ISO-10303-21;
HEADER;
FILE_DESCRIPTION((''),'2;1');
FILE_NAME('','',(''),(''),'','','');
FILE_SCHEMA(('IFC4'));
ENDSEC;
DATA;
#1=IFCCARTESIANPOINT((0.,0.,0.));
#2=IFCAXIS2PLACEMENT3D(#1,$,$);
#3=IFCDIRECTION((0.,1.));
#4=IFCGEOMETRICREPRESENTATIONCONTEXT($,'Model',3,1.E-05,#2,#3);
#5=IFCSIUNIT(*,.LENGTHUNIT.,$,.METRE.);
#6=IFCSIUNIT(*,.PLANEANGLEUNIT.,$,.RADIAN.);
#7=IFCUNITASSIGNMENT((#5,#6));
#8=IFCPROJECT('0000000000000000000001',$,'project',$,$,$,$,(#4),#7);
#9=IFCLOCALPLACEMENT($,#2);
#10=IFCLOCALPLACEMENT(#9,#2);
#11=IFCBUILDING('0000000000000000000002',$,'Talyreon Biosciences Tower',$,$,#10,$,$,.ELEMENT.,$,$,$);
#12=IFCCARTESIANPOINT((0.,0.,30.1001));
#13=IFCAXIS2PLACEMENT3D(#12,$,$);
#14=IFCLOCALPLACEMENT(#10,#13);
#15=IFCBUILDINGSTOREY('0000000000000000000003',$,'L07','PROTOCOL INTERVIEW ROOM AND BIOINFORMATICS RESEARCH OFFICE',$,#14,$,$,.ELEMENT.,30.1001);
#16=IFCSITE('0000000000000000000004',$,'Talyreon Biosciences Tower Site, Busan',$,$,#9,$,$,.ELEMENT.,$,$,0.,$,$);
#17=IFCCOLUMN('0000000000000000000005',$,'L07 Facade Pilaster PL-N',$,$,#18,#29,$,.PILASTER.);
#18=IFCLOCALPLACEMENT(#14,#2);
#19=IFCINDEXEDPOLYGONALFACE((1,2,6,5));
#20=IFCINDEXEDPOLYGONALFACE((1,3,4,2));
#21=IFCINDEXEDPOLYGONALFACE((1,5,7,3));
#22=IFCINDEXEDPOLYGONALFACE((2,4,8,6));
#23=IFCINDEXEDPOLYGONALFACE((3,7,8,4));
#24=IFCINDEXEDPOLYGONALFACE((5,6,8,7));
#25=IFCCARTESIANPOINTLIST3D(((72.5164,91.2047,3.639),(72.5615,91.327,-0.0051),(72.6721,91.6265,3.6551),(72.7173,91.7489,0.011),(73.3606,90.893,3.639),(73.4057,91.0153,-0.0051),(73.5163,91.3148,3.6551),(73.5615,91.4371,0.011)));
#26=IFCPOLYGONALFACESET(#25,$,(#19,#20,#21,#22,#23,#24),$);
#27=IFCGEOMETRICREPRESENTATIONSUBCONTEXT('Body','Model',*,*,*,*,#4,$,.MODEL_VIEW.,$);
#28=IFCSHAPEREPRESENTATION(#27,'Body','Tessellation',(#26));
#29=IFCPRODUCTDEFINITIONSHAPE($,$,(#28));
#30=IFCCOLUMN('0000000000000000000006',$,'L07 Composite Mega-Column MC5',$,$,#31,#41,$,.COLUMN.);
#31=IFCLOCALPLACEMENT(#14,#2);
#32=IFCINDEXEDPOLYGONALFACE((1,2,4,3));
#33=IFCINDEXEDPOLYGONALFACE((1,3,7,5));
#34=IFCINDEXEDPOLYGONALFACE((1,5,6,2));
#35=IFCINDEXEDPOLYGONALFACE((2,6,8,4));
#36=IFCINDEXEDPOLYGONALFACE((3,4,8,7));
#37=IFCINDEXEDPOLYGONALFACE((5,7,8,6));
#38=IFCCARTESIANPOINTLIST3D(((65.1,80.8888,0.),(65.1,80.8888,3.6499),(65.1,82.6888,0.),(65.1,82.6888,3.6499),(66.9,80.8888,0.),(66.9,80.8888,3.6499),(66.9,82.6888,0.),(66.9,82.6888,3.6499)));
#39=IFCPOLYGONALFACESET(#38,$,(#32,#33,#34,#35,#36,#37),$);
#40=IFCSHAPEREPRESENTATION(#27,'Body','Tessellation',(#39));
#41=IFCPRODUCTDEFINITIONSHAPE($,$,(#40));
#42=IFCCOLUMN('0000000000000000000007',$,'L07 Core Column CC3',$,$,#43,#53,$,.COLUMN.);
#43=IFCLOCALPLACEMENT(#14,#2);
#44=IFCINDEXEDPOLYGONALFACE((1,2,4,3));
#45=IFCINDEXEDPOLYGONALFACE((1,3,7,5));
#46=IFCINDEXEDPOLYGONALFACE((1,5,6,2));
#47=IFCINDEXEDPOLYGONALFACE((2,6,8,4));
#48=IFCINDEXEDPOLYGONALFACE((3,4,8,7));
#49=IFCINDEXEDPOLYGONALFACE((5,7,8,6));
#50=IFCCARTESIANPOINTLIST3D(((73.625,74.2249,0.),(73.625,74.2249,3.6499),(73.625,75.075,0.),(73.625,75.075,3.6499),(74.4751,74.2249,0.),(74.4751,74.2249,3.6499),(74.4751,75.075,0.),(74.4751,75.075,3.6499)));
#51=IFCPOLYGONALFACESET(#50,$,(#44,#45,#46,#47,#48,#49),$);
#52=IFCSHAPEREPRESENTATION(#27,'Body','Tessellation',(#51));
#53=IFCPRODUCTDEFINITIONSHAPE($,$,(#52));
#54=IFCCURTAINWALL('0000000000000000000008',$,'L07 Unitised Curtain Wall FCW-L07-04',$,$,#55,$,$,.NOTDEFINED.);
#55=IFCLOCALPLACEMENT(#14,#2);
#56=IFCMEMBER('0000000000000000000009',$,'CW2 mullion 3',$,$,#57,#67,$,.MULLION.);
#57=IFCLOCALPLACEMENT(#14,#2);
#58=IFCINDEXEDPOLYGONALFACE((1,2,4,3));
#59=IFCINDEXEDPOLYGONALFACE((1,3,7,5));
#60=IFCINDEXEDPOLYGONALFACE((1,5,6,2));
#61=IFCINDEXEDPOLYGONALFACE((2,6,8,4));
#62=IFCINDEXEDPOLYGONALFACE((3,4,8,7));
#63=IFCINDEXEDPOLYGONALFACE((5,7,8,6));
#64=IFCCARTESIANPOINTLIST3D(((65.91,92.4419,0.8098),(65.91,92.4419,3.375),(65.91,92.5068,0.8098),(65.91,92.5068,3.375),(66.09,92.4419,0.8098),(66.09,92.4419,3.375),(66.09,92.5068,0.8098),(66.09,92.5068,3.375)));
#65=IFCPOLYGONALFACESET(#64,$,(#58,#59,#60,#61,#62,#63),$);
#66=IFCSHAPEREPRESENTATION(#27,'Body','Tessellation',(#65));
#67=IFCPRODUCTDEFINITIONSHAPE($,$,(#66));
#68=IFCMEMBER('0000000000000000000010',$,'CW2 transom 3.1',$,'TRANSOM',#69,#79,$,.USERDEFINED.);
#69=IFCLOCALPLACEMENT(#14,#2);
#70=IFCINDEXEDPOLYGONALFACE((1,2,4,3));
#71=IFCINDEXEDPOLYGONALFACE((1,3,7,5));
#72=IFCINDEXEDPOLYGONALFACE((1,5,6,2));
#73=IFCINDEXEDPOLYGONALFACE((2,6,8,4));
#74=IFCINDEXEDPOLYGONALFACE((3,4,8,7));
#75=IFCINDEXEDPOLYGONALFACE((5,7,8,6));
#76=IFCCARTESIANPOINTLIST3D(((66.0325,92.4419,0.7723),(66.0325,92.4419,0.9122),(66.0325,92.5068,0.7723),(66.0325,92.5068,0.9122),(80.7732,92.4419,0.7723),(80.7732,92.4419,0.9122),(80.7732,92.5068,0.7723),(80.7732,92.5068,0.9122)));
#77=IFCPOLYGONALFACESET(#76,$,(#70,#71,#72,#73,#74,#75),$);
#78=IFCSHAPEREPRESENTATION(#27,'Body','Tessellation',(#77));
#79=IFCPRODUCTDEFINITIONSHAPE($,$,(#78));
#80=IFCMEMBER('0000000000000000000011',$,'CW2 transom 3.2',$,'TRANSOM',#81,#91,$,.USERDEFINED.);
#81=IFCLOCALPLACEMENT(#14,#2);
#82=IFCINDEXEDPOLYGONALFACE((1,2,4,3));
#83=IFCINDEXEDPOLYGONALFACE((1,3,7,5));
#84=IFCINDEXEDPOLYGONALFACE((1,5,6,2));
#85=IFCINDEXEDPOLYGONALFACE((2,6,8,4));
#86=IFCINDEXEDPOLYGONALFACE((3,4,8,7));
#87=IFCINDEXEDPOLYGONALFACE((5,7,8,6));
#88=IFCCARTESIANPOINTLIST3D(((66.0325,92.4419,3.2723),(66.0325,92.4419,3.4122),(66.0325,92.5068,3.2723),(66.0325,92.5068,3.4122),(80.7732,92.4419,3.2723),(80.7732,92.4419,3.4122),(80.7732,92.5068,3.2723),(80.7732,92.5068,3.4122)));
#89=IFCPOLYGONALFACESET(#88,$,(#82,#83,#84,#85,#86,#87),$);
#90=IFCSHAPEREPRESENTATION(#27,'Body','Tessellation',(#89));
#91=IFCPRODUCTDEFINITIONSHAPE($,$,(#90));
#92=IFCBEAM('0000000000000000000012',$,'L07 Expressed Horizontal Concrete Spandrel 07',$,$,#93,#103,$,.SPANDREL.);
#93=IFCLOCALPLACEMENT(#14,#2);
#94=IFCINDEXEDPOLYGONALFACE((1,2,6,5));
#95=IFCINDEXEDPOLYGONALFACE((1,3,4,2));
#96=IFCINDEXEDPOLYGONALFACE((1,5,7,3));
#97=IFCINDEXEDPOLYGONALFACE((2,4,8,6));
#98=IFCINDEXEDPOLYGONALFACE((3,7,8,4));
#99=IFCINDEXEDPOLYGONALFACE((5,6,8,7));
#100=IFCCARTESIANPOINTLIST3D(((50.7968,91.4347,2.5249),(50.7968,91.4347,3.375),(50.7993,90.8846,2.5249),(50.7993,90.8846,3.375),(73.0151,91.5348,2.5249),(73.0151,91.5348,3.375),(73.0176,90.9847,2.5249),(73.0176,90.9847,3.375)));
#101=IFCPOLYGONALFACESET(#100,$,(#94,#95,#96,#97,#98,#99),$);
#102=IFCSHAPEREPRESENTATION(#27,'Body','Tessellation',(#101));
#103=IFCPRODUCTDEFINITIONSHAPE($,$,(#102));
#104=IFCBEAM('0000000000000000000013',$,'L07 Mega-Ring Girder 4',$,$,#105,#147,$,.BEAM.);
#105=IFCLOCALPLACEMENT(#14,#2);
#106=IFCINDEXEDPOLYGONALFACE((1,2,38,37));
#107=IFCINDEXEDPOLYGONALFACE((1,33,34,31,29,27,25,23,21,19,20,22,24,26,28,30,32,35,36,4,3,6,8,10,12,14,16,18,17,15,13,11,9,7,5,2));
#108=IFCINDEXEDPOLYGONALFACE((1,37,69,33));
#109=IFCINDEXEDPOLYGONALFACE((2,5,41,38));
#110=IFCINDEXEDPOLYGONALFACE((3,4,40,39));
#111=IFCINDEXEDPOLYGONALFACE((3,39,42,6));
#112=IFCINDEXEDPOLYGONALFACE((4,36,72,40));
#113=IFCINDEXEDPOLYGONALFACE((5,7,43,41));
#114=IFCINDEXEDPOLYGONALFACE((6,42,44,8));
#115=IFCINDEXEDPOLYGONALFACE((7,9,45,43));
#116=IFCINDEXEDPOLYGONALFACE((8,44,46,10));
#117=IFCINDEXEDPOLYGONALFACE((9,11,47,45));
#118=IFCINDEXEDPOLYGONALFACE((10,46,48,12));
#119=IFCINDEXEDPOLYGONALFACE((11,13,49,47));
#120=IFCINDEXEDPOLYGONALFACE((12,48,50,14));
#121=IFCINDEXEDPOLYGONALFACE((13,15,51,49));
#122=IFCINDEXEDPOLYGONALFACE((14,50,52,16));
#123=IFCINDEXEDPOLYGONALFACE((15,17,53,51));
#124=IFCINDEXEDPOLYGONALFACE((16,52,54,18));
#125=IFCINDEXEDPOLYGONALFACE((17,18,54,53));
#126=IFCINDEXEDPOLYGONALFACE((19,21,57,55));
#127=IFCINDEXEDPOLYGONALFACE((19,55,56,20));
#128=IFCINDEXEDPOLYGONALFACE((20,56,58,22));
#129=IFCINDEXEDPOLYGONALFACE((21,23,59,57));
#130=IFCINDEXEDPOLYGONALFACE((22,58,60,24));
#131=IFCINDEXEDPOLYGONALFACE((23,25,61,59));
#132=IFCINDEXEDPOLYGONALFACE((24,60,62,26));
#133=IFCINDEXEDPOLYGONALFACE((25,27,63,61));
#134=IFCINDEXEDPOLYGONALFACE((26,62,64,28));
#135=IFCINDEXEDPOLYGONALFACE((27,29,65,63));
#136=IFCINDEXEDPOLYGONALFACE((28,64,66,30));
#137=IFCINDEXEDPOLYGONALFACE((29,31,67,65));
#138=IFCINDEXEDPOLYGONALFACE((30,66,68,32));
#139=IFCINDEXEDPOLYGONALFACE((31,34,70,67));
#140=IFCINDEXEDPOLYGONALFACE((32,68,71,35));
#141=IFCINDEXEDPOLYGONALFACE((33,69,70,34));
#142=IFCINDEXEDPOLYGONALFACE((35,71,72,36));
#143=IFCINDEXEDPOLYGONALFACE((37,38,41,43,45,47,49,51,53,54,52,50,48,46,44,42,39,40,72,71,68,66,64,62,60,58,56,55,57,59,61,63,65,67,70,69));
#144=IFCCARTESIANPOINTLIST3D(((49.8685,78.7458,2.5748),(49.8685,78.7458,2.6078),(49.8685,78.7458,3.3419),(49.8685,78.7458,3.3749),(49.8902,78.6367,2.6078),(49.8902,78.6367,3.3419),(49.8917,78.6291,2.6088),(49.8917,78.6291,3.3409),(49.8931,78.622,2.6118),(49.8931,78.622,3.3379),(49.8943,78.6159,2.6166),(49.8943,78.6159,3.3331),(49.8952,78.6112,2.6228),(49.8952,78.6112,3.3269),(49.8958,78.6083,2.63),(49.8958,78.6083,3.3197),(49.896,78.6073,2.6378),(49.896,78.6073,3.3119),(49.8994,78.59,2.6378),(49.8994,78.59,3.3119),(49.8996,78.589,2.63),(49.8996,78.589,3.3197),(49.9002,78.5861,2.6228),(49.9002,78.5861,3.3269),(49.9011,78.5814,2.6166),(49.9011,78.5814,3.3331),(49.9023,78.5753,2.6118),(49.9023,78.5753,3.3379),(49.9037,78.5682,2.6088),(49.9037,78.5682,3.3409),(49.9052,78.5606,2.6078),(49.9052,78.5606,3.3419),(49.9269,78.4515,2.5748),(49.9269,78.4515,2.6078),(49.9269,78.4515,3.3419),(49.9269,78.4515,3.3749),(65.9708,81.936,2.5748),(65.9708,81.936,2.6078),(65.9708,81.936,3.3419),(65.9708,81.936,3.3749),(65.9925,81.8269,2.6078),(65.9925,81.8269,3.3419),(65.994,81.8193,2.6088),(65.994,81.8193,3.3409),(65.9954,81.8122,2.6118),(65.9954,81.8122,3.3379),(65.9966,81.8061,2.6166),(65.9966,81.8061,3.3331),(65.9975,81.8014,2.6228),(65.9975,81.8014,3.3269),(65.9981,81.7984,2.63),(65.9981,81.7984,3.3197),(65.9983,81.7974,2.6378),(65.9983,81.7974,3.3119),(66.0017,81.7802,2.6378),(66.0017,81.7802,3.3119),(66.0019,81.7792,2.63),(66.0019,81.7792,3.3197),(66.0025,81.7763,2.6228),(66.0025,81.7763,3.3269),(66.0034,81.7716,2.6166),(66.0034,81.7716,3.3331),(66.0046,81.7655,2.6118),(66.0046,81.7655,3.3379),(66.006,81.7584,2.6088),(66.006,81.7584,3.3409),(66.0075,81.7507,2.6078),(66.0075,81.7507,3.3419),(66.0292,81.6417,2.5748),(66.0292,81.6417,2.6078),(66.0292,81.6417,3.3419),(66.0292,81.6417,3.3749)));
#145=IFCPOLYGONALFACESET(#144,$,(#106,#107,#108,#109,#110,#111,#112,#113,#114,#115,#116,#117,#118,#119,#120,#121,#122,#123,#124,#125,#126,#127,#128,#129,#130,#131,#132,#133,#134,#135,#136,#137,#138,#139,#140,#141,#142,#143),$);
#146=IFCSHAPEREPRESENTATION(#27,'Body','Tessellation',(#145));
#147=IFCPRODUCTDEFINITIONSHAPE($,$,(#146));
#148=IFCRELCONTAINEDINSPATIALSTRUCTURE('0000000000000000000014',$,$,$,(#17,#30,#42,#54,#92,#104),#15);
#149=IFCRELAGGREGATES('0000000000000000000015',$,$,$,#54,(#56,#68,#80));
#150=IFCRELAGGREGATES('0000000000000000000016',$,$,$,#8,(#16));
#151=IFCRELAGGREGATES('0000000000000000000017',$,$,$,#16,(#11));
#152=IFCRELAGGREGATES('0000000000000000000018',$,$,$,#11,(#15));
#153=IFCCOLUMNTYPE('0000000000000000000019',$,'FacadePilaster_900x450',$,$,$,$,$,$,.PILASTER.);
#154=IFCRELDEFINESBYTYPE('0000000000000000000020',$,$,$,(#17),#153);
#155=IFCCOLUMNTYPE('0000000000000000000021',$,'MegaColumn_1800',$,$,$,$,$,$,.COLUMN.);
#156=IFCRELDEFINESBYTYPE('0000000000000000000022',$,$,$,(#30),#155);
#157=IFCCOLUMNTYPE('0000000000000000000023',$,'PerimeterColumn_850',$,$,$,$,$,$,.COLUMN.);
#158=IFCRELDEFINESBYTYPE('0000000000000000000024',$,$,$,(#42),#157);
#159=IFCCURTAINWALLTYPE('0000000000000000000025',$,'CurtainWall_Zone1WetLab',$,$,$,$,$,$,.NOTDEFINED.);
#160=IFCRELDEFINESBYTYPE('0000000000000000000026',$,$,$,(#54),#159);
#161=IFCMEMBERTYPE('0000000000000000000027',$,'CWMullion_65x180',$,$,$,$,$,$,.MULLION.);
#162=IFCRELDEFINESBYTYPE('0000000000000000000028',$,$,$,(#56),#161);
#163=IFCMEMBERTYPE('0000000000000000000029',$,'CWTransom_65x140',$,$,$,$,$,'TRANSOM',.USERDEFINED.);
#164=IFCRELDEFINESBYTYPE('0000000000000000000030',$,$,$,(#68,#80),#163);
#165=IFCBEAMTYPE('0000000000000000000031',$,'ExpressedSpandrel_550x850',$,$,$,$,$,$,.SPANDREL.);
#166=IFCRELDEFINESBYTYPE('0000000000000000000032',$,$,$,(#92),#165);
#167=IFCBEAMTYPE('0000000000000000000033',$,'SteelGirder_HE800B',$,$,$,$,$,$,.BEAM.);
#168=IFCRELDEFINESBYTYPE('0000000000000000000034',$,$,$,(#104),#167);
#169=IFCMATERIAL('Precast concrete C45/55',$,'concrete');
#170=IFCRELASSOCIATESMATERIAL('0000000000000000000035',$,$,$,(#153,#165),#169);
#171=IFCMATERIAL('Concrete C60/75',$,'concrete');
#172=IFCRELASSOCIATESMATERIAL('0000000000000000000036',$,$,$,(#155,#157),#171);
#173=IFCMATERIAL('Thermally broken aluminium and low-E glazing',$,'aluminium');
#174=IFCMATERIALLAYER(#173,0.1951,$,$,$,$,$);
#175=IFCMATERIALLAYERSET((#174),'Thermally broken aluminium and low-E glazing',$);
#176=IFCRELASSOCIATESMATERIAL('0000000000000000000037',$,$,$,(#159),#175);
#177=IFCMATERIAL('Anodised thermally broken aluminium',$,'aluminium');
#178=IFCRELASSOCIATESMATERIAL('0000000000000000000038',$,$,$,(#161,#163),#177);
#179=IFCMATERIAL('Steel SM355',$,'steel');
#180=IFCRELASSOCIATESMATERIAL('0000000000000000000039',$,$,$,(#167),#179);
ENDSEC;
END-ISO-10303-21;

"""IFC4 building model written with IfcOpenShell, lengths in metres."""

from ifc_helpers import new_model, si_unit, direction, frame, origin, origin_2d, place, context, subcontext, project, spatial, rectangle, i_section, extrude, material, layer, layer_set, material_profile, profile_set, type_object, element, aggregate, save


model = new_model("IFC4")

# Units and contexts
model_context = context("Model", 3, precision=1e-05, world=origin(), true_north=direction((0.0, 1.0)))
body_context = subcontext(model_context, "Body", "Model", "MODEL_VIEW")
ifc_project = project(units=[si_unit("LENGTHUNIT", "METRE"), si_unit("PLANEANGLEUNIT", "RADIAN")], contexts=[model_context])

# Site, building, storey
site_placement = place(None, origin())
site = spatial("IfcSite", under=ifc_project, at=site_placement, Name="Talyreon Biosciences Tower Site, Busan", CompositionType="ELEMENT", RefElevation=0.0)
building_placement = place(site_placement, origin())
building = spatial("IfcBuilding", under=site, at=building_placement, Name="Talyreon Biosciences Tower", CompositionType="ELEMENT")
storey_placement = place(building_placement, frame((0.0, 0.0, 30.1001)))
storey = spatial("IfcBuildingStorey", under=building, at=storey_placement, Name="L07", Description="PROTOCOL INTERVIEW ROOM AND BIOINFORMATICS RESEARCH OFFICE", CompositionType="ELEMENT", Elevation=30.1001)

# Columns
ifc_material_1 = material(Name="Precast concrete C45/55", Category="concrete")
ifc_material_profile_1 = material_profile(ifc_material_1, rectangle(XDim=0.8999, YDim=0.45, at=origin_2d()), Name="RC 900x450")
ifc_profile_set_1 = profile_set([ifc_material_profile_1], Name="Precast concrete C45/55")
column_type_1 = type_object("IfcColumnType", Name="FacadePilaster_900x450", PredefinedType="PILASTER", material=ifc_profile_set_1)
column_1_placement = place(storey_placement, frame((73.0615, 91.3821, 0.0029), z_axis=(-0.012387, -0.033544, 0.99936), x_axis=(-0.938087, 0.346399, 0.0)))
element("IfcColumn", 1, at=column_1_placement, inside=storey, type_object=column_type_1, Name="L07 Facade Pilaster PL-N", PredefinedType="PILASTER", context=body_context, shape_type="SweptSolid", body=[
    extrude(rectangle(XDim=0.8999, YDim=0.45, at=origin_2d()), origin(), (0.0, 0.0, 1.0), 3.6465),
])
ifc_material_2 = material(Name="Concrete C60/75", Category="concrete")
ifc_material_profile_2 = material_profile(ifc_material_2, rectangle(XDim=1.8, YDim=1.8, at=origin_2d()), Name="RC 1800x1800")
ifc_profile_set_2 = profile_set([ifc_material_profile_2], Name="Concrete C60/75")
column_type_2 = type_object("IfcColumnType", Name="MegaColumn_1800", PredefinedType="COLUMN", material=ifc_profile_set_2)
column_2_placement = place(storey_placement, frame((66.0, 81.7888, 0.0), z_axis=(0.0, 0.0, 1.0), x_axis=(1.0, 0.0, 0.0)))
element("IfcColumn", 2, at=column_2_placement, inside=storey, type_object=column_type_2, Name="L07 Composite Mega-Column MC5", PredefinedType="COLUMN", context=body_context, shape_type="SweptSolid", body=[
    extrude(rectangle(XDim=1.8, YDim=1.8, at=origin_2d()), origin(), (0.0, 0.0, 1.0), 3.6499),
])
ifc_material_profile_3 = material_profile(ifc_material_2, rectangle(XDim=0.8501, YDim=0.8501, at=origin_2d()), Name="RC 850x850")
ifc_profile_set_3 = profile_set([ifc_material_profile_3], Name="Concrete C60/75")
column_type_3 = type_object("IfcColumnType", Name="PerimeterColumn_850", PredefinedType="COLUMN", material=ifc_profile_set_3)
column_3_placement = place(storey_placement, frame((74.05, 74.6499, 0.0), z_axis=(0.0, 0.0, 1.0), x_axis=(1.0, 0.0, 0.0)))
element("IfcColumn", 3, at=column_3_placement, inside=storey, type_object=column_type_3, Name="L07 Core Column CC3", PredefinedType="COLUMN", context=body_context, shape_type="SweptSolid", body=[
    extrude(rectangle(XDim=0.8501, YDim=0.8501, at=origin_2d()), origin(), (0.0, 0.0, 1.0), 3.6499),
])

# Curtain wall, members
ifc_material_3 = material(Name="Thermally broken aluminium and low-E glazing", Category="aluminium")
ifc_layer_1 = layer(ifc_material_3, 0.1951)
ifc_layer_set_1 = layer_set([ifc_layer_1], Name="Thermally broken aluminium and low-E glazing")
curtain_wall_type = type_object("IfcCurtainWallType", Name="CurtainWall_Zone1WetLab", PredefinedType="NOTDEFINED", material=ifc_layer_set_1)
curtain_wall_placement = place(storey_placement, origin())
curtain_wall = element("IfcCurtainWall", 4, at=curtain_wall_placement, inside=storey, type_object=curtain_wall_type, Name="L07 Unitised Curtain Wall FCW-L07-04", PredefinedType="NOTDEFINED")
ifc_material_4 = material(Name="Anodised thermally broken aluminium", Category="aluminium")
ifc_material_profile_4 = material_profile(ifc_material_4, rectangle(XDim=0.0649, YDim=0.1799, at=origin_2d()), Name="ALUM MULLION 65x180")
ifc_profile_set_4 = profile_set([ifc_material_profile_4], Name="Anodised thermally broken aluminium")
member_type_1 = type_object("IfcMemberType", Name="CWMullion_65x180", PredefinedType="MULLION", material=ifc_profile_set_4)
member_1_placement = place(storey_placement, frame((66.0, 92.4744, 0.8098), z_axis=(0.0, 0.0, 1.0), x_axis=(0.0, 1.0, 0.0)))
member_1 = element("IfcMember", 5, at=member_1_placement, type_object=member_type_1, Name="CW2 mullion 3", PredefinedType="MULLION", context=body_context, shape_type="SweptSolid", body=[
    extrude(rectangle(XDim=0.0649, YDim=0.1799, at=origin_2d()), origin(), (0.0, 0.0, 1.0), 2.5652),
])
ifc_material_profile_5 = material_profile(ifc_material_4, rectangle(XDim=0.0649, YDim=0.1399, at=origin_2d()), Name="ALUM TRANSOM 65x140")
ifc_profile_set_5 = profile_set([ifc_material_profile_5], Name="Anodised thermally broken aluminium")
member_type_2 = type_object("IfcMemberType", Name="CWTransom_65x140", ElementType="TRANSOM", PredefinedType="USERDEFINED", material=ifc_profile_set_5)
member_2_placement = place(storey_placement, frame((66.0325, 92.4744, 0.8423), z_axis=(1.0, 0.0, 0.0), x_axis=(0.0, 1.0, 0.0)))
member_2 = element("IfcMember", 6, at=member_2_placement, type_object=member_type_2, Name="CW2 transom 3.1", ObjectType="TRANSOM", PredefinedType="USERDEFINED", context=body_context, shape_type="SweptSolid", body=[
    extrude(rectangle(XDim=0.0649, YDim=0.1399, at=origin_2d()), origin(), (0.0, 0.0, 1.0), 14.7407),
])
member_3_placement = place(storey_placement, frame((66.0325, 92.4744, 3.3423), z_axis=(1.0, 0.0, 0.0), x_axis=(0.0, 1.0, 0.0)))
member_3 = element("IfcMember", 7, at=member_3_placement, type_object=member_type_2, Name="CW2 transom 3.2", ObjectType="TRANSOM", PredefinedType="USERDEFINED", context=body_context, shape_type="SweptSolid", body=[
    extrude(rectangle(XDim=0.0649, YDim=0.1399, at=origin_2d()), origin(), (0.0, 0.0, 1.0), 14.7407),
])

# Beams
ifc_material_profile_6 = material_profile(ifc_material_1, rectangle(XDim=0.55, YDim=0.8501, at=origin_2d()), Name="RCB 550x850")
ifc_profile_set_6 = profile_set([ifc_material_profile_6], Name="Precast concrete C45/55")
beam_type_1 = type_object("IfcBeamType", Name="ExpressedSpandrel_550x850", PredefinedType="SPANDREL", material=ifc_profile_set_6)
beam_1_placement = place(storey_placement, frame((73.0164, 91.2598, 2.95), z_axis=(-0.99999, -0.004505, 0.0), x_axis=(0.004505, -0.99999, 0.0)))
element("IfcBeam", 8, at=beam_1_placement, inside=storey, type_object=beam_type_1, Name="L07 Expressed Horizontal Concrete Spandrel 07", PredefinedType="SPANDREL", context=body_context, shape_type="SweptSolid", body=[
    extrude(rectangle(XDim=0.55, YDim=0.8501, at=origin_2d()), origin(), (0.0, 0.0, 1.0), 22.2185),
])
ifc_material_5 = material(Name="Steel SM355", Category="steel")
ifc_material_profile_7 = material_profile(ifc_material_5, i_section(OverallWidth=0.3, OverallDepth=0.8, WebThickness=0.0176, FlangeThickness=0.033, FilletRadius=0.03, at=origin_2d()), Name="HE800B")
ifc_profile_set_7 = profile_set([ifc_material_profile_7], Name="Steel SM355")
beam_type_2 = type_object("IfcBeamType", Name="SteelGirder_HE800B", PredefinedType="BEAM", material=ifc_profile_set_7)
beam_2_placement = place(storey_placement, frame((66.0, 81.7888, 2.9749), z_axis=(-0.980934, -0.194343, 0.0), x_axis=(0.194343, -0.980934, 0.0)))
element("IfcBeam", 9, at=beam_2_placement, inside=storey, type_object=beam_type_2, Name="L07 Mega-Ring Girder 4", PredefinedType="BEAM", context=body_context, shape_type="SweptSolid", body=[
    extrude(i_section(OverallWidth=0.3, OverallDepth=0.8, WebThickness=0.0176, FlangeThickness=0.033, FilletRadius=0.03, at=origin_2d()), origin(), (0.0, 0.0, 1.0), 16.4153),
])

aggregate(curtain_wall, [member_1, member_2, member_3])

save(model, "model.ifc")
